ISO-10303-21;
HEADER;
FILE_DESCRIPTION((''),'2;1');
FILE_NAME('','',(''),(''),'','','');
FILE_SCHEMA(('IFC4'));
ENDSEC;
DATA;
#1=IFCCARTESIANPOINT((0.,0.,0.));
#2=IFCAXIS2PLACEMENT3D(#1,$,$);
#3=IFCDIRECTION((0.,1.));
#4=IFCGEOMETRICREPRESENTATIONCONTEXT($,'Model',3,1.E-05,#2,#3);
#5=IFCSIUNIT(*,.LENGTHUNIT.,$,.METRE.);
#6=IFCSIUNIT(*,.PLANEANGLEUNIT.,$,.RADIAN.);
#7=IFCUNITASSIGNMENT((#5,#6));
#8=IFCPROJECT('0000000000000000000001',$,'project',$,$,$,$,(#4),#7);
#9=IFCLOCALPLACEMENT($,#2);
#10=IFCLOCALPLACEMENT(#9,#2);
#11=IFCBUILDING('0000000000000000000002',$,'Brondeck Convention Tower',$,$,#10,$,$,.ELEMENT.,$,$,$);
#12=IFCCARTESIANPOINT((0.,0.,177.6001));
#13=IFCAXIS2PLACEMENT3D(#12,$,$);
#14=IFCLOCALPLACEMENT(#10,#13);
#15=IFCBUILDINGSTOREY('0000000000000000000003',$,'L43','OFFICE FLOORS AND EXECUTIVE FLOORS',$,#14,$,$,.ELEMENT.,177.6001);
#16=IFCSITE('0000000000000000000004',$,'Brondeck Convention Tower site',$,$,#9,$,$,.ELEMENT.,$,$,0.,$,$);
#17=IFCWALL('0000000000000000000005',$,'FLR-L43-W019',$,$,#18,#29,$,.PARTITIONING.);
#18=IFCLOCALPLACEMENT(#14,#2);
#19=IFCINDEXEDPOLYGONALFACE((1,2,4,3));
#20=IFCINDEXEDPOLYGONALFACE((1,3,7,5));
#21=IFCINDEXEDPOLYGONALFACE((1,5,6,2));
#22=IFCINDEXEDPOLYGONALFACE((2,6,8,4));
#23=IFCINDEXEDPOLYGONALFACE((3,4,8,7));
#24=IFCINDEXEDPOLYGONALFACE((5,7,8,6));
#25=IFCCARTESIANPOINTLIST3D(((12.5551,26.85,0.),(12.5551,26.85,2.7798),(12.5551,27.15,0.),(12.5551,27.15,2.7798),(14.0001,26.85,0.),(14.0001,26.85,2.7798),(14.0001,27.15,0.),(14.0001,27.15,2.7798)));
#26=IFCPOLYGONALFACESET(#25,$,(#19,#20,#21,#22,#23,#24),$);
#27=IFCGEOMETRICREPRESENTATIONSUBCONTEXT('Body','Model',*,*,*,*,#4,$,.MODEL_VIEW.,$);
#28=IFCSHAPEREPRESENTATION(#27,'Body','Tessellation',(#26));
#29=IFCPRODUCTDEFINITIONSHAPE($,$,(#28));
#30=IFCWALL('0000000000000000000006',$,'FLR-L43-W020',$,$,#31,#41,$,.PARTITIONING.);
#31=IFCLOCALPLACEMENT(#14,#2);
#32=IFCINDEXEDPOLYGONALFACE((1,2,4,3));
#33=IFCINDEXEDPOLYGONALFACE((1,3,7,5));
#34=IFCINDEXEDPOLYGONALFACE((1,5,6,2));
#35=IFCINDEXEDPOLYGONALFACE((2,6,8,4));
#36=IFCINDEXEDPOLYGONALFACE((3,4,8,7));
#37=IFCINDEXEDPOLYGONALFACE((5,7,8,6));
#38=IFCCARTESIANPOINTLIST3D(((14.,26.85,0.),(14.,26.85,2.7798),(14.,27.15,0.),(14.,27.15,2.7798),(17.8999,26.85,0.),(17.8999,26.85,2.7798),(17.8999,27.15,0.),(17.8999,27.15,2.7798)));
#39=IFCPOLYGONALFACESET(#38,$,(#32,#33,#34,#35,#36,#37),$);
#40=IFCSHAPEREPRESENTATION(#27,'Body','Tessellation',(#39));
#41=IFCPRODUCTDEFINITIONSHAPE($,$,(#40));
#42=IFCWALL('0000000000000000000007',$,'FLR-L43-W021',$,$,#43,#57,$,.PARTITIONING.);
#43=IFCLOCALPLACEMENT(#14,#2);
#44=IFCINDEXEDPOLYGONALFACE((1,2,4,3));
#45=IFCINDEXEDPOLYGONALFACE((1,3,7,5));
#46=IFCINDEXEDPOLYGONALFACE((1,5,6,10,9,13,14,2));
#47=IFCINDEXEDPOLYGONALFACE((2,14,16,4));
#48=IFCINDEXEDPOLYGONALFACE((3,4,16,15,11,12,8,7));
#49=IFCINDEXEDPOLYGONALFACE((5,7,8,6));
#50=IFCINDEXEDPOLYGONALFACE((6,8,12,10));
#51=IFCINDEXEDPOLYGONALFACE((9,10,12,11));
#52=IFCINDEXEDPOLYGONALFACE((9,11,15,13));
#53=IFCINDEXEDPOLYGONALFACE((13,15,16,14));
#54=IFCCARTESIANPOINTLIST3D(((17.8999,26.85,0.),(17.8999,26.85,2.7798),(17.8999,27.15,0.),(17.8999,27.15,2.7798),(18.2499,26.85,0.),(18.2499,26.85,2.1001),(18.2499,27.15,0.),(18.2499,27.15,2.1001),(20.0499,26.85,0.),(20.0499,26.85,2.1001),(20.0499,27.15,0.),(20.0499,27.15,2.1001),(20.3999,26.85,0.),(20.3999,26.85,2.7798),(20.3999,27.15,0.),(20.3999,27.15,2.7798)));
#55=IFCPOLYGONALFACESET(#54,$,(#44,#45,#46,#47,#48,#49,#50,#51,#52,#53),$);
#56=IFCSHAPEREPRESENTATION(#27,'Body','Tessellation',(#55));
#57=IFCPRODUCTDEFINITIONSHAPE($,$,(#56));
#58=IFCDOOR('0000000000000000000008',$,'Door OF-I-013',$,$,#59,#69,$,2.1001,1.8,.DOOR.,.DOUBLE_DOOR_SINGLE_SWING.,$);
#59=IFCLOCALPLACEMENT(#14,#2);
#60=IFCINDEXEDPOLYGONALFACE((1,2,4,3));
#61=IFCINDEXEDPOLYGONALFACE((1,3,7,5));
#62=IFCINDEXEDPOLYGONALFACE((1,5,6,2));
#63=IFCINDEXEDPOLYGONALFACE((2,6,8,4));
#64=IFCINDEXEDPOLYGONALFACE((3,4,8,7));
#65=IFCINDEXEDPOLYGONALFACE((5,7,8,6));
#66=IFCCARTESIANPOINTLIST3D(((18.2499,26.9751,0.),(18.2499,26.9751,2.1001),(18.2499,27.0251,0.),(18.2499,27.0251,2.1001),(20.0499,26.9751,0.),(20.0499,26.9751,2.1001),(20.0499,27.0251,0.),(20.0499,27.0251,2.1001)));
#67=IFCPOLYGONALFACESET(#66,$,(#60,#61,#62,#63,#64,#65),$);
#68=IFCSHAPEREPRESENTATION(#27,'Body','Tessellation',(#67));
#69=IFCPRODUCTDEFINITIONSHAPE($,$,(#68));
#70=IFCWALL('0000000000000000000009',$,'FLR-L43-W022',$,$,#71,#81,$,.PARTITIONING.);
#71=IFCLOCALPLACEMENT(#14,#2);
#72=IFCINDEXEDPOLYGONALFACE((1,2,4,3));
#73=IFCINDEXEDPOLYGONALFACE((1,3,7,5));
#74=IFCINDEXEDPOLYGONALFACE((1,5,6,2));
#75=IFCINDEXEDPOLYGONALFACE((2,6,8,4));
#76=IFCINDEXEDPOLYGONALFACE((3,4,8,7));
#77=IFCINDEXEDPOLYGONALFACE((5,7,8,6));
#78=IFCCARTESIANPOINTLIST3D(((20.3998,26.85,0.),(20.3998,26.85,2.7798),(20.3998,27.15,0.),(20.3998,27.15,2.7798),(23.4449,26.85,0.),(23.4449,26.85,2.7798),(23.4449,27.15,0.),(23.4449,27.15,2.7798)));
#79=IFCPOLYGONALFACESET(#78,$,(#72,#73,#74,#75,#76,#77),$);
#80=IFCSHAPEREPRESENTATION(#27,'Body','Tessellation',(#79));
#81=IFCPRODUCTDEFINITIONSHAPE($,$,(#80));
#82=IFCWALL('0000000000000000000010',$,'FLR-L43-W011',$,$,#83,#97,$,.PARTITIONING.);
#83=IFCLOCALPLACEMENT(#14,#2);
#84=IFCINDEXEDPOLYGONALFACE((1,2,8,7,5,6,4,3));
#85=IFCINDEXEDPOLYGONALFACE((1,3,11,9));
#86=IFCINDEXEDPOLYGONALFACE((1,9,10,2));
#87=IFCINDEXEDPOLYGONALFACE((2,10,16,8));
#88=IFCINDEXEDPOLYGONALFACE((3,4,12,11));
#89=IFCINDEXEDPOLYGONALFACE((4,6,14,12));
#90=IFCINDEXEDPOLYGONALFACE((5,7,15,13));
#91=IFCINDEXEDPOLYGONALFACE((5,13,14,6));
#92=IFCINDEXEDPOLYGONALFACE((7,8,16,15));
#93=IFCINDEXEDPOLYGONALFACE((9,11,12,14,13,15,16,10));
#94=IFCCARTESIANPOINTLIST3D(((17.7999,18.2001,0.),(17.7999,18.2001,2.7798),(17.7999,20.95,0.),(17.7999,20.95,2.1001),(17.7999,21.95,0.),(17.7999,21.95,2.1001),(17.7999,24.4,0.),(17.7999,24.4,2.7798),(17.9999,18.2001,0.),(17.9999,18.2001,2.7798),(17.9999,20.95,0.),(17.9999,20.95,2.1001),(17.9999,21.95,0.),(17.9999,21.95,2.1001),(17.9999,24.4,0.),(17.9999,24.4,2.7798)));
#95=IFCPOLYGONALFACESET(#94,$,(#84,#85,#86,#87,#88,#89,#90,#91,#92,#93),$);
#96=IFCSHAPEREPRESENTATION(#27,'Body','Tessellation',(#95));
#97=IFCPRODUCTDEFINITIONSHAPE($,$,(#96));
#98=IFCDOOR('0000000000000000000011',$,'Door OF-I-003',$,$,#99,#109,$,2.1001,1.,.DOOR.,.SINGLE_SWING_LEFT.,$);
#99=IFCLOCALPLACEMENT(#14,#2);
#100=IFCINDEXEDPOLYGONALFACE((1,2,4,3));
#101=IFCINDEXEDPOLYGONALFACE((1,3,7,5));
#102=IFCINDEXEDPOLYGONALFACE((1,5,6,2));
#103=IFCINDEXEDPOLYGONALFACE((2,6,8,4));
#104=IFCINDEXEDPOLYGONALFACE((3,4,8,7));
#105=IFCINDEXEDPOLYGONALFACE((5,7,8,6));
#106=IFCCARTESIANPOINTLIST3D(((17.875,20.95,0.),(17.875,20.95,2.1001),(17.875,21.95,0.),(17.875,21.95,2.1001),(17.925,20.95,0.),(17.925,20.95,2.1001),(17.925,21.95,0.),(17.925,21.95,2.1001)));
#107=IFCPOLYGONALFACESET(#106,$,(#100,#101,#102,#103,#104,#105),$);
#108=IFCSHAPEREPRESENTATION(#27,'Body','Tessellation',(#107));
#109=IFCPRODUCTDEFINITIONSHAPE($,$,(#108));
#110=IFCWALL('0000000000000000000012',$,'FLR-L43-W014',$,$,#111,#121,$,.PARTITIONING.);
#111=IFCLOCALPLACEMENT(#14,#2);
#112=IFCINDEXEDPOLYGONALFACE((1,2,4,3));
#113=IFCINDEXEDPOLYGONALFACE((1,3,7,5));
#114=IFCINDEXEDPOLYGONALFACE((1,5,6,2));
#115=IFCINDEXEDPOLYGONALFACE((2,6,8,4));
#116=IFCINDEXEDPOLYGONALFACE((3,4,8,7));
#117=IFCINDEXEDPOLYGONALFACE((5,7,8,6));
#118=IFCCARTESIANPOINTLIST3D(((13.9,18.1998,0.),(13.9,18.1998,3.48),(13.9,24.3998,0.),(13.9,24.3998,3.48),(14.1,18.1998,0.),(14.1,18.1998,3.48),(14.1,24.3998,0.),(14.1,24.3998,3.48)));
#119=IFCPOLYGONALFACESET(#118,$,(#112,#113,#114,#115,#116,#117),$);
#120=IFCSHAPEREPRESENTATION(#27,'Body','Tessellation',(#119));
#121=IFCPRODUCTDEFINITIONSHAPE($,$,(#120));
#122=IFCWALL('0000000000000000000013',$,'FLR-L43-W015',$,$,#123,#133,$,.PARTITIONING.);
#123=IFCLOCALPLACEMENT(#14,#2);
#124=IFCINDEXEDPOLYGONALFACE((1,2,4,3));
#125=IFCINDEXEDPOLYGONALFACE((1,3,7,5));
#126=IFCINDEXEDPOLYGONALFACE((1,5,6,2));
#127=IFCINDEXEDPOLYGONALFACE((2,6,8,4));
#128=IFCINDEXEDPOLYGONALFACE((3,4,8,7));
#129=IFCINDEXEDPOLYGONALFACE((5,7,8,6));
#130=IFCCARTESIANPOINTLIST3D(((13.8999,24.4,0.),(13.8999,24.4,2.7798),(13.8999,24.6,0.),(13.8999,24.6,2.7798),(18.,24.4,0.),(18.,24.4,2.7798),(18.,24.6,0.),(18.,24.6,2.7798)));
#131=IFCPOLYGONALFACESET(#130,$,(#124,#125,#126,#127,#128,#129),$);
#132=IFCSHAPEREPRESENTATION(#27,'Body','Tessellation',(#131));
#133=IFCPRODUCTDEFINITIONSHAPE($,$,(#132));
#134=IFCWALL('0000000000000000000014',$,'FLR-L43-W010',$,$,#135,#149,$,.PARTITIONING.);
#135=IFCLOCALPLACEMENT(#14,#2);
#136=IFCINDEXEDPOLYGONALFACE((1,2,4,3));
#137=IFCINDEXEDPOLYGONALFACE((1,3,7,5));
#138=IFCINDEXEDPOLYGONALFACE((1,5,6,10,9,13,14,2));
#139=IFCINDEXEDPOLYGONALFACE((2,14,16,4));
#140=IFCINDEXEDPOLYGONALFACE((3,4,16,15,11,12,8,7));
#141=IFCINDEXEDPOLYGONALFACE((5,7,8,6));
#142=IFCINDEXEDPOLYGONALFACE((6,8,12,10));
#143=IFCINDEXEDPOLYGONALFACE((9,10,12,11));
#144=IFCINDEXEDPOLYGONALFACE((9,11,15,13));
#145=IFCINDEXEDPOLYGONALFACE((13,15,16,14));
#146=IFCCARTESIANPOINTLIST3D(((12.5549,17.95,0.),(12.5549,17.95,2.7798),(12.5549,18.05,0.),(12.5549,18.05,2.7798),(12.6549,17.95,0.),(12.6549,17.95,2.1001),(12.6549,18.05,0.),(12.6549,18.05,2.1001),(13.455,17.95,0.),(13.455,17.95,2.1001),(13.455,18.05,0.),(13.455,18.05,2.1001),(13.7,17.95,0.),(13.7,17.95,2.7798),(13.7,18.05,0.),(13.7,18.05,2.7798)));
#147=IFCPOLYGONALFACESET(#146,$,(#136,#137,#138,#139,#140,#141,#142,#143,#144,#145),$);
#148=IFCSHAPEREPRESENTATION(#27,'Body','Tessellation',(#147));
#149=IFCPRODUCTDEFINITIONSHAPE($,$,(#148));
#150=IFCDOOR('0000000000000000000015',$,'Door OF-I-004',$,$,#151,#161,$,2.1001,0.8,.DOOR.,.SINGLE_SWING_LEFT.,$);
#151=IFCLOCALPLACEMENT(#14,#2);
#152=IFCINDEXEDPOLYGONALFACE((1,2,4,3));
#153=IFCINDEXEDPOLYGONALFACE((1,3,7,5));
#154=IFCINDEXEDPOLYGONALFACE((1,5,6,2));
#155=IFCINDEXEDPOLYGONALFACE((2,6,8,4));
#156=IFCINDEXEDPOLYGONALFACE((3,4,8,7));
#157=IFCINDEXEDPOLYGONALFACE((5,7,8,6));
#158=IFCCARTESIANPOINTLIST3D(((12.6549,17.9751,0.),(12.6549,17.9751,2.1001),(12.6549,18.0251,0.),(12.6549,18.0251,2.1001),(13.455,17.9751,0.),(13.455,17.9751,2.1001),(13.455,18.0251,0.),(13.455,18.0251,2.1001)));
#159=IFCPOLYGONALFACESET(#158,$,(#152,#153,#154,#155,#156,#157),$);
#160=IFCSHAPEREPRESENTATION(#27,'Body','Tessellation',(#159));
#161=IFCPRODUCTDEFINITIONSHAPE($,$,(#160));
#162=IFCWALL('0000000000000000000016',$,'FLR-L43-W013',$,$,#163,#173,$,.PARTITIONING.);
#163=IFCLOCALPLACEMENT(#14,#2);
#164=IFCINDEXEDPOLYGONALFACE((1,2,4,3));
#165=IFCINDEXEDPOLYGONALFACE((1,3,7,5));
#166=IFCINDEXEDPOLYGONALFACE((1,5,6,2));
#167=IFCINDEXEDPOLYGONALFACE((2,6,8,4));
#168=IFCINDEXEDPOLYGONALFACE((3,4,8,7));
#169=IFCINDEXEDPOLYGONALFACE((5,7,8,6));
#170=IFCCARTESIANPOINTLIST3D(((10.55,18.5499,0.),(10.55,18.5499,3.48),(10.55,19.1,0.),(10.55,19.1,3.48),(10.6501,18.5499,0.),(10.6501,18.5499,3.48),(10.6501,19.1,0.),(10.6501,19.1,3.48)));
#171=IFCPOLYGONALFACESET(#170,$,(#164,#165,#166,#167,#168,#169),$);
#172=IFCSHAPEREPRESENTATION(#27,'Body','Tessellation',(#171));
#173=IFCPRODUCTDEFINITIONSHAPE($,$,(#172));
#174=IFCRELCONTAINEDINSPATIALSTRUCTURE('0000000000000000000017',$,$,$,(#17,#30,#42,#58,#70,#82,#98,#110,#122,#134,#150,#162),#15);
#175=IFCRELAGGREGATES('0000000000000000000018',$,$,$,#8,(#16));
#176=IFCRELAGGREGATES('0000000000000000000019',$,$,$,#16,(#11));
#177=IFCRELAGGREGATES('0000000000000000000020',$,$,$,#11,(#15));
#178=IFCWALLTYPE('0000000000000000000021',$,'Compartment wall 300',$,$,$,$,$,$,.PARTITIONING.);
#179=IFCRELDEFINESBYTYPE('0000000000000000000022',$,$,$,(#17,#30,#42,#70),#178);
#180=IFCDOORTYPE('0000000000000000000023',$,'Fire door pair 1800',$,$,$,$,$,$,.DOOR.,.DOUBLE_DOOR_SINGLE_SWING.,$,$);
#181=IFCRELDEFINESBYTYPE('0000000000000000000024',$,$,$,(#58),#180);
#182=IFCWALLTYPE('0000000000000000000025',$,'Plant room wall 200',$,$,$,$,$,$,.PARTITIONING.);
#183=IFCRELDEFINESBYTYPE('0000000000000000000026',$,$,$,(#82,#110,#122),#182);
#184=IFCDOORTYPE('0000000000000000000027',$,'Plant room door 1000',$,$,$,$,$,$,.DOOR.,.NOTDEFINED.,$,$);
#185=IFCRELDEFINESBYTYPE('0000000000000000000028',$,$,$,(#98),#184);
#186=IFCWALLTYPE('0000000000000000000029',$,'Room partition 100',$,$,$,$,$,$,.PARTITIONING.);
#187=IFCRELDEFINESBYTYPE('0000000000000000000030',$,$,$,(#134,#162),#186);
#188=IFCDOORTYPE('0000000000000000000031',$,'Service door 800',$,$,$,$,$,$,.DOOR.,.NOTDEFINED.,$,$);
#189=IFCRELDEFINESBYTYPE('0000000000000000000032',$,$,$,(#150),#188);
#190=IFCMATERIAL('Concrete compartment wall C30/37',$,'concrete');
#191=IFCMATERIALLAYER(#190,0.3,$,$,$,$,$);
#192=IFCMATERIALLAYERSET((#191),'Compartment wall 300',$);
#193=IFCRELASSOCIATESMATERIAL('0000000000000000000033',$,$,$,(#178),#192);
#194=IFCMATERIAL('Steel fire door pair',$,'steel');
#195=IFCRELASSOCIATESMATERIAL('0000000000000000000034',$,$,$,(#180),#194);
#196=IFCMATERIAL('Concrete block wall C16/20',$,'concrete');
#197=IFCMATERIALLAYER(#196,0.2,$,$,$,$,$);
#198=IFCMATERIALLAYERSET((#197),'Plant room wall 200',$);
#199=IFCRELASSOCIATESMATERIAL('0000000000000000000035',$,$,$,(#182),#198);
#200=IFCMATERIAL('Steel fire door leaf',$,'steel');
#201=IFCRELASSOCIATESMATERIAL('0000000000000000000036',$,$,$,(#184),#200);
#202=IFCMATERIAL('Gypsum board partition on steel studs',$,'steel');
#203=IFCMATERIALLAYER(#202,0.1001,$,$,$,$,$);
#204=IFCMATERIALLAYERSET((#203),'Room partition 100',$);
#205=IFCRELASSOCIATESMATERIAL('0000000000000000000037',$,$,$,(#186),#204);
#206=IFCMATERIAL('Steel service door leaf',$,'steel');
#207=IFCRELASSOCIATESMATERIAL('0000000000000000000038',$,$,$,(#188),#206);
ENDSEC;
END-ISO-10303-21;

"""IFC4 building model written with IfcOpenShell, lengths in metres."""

from ifc_helpers import new_model, si_unit, direction, frame, frame_2d, origin, place, context, subcontext, project, spatial, rectangle, extrude, material, layer, layer_set, type_object, element, fill, save


model = new_model("IFC4")

# Units and contexts
model_context = context("Model", 3, precision=1e-05, world=origin(), true_north=direction((0.0, 1.0)))
body_context = subcontext(model_context, "Body", "Model", "MODEL_VIEW")
ifc_project = project(units=[si_unit("LENGTHUNIT", "METRE"), si_unit("PLANEANGLEUNIT", "RADIAN")], contexts=[model_context])

# Site, building, storey
site_placement = place(None, origin())
site = spatial("IfcSite", under=ifc_project, at=site_placement, Name="Brondeck Convention Tower site", CompositionType="ELEMENT", RefElevation=0.0)
building_placement = place(site_placement, origin())
building = spatial("IfcBuilding", under=site, at=building_placement, Name="Brondeck Convention Tower", CompositionType="ELEMENT")
storey_placement = place(building_placement, frame((0.0, 0.0, 177.6001)))
storey = spatial("IfcBuildingStorey", under=building, at=storey_placement, Name="L43", Description="OFFICE FLOORS AND EXECUTIVE FLOORS", CompositionType="ELEMENT", Elevation=177.6001)

# Walls
ifc_material_1 = material(Name="Concrete compartment wall C30/37", Category="concrete")
ifc_layer_1 = layer(ifc_material_1, 0.3)
ifc_layer_set_1 = layer_set([ifc_layer_1], Name="Compartment wall 300")
wall_type_1 = type_object("IfcWallType", Name="Compartment wall 300", PredefinedType="PARTITIONING", material=ifc_layer_set_1)
wall_1_placement = place(storey_placement, frame((12.5549, 27.0, 0.0), z_axis=(0.0, 0.0, 1.0), x_axis=(1.0, 0.0, 0.0)))
element("IfcWall", 1, at=wall_1_placement, inside=storey, type_object=wall_type_1, Name="FLR-L43-W019", PredefinedType="PARTITIONING", context=body_context, shape_type="SweptSolid", body=[
    extrude(rectangle(XDim=1.4451, YDim=0.3, at=frame_2d((0.7227, 0.0))), origin(), (0.0, 0.0, 1.0), 2.7798),
])
wall_2_placement = place(storey_placement, frame((14.0, 27.0, 0.0), z_axis=(0.0, 0.0, 1.0), x_axis=(1.0, 0.0, 0.0)))
element("IfcWall", 2, at=wall_2_placement, inside=storey, type_object=wall_type_1, Name="FLR-L43-W020", PredefinedType="PARTITIONING", context=body_context, shape_type="SweptSolid", body=[
    extrude(rectangle(XDim=3.8999, YDim=0.3, at=frame_2d((1.95, 0.0))), origin(), (0.0, 0.0, 1.0), 2.7798),
])

# Wall, opening, door
wall_3_placement = place(storey_placement, frame((20.3999, 27.0, 0.0), z_axis=(0.0, 0.0, 1.0), x_axis=(-1.0, 0.0, 0.0)))
wall_3 = element("IfcWall", 3, at=wall_3_placement, inside=storey, type_object=wall_type_1, Name="FLR-L43-W021", PredefinedType="PARTITIONING", context=body_context, shape_type="SweptSolid", body=[
    extrude(rectangle(XDim=2.5, YDim=0.3, at=frame_2d((1.25, 0.0))), origin(), (0.0, 0.0, 1.0), 2.7798),
])
opening_1_placement = place(wall_3_placement, frame((0.3501, 0.0, 0.0)))
opening_1 = element("IfcOpeningElement", 4, at=opening_1_placement, cuts=wall_3, PredefinedType="OPENING", context=body_context, shape_type="SweptSolid", body=[
    extrude(rectangle(XDim=1.8, YDim=2.1001, at=frame_2d((0.8999, 1.05))), frame((0.0, 0.1599, 0.0), z_axis=(0.0, -1.0, 0.0), x_axis=(1.0, 0.0, 0.0)), (0.0, 0.0, 1.0), 0.3201),
])
ifc_material_2 = material(Name="Steel fire door pair", Category="steel")
door_type_1 = type_object("IfcDoorType", Name="Fire door pair 1800", OperationType="DOUBLE_DOOR_SINGLE_SWING", PredefinedType="DOOR", material=ifc_material_2)
door_1_placement = place(opening_1_placement, origin())
door_1 = element("IfcDoor", 5, at=door_1_placement, inside=storey, type_object=door_type_1, Name="Door OF-I-013", OperationType="DOUBLE_DOOR_SINGLE_SWING", OverallHeight=2.1001, OverallWidth=1.8, PredefinedType="DOOR", context=body_context, shape_type="SweptSolid", body=[
    extrude(rectangle(XDim=1.8, YDim=2.1001, at=frame_2d((0.8999, 1.05))), frame((0.0, 0.0249, 0.0), z_axis=(0.0, -1.0, 0.0), x_axis=(1.0, 0.0, 0.0)), (0.0, 0.0, 1.0), 0.05),
])
fill(opening_1, door_1)

# Wall
wall_4_placement = place(storey_placement, frame((20.3999, 27.0, 0.0), z_axis=(0.0, 0.0, 1.0), x_axis=(1.0, 0.0, 0.0)))
element("IfcWall", 6, at=wall_4_placement, inside=storey, type_object=wall_type_1, Name="FLR-L43-W022", PredefinedType="PARTITIONING", context=body_context, shape_type="SweptSolid", body=[
    extrude(rectangle(XDim=3.0452, YDim=0.3, at=frame_2d((1.5225, 0.0))), origin(), (0.0, 0.0, 1.0), 2.7798),
])

# Wall, opening, door
ifc_material_3 = material(Name="Concrete block wall C16/20", Category="concrete")
ifc_layer_2 = layer(ifc_material_3, 0.2)
ifc_layer_set_2 = layer_set([ifc_layer_2], Name="Plant room wall 200")
wall_type_2 = type_object("IfcWallType", Name="Plant room wall 200", PredefinedType="PARTITIONING", material=ifc_layer_set_2)
wall_5_placement = place(storey_placement, frame((17.8999, 18.2, 0.0), z_axis=(0.0, 0.0, 1.0), x_axis=(0.0, 1.0, 0.0)))
wall_5 = element("IfcWall", 7, at=wall_5_placement, inside=storey, type_object=wall_type_2, Name="FLR-L43-W011", PredefinedType="PARTITIONING", context=body_context, shape_type="SweptSolid", body=[
    extrude(rectangle(XDim=6.2, YDim=0.2, at=frame_2d((3.1001, 0.0))), origin(), (0.0, 0.0, 1.0), 2.7798),
])
opening_2_placement = place(wall_5_placement, frame((2.75, 0.0, 0.0)))
opening_2 = element("IfcOpeningElement", 8, at=opening_2_placement, cuts=wall_5, PredefinedType="OPENING", context=body_context, shape_type="SweptSolid", body=[
    extrude(rectangle(XDim=1.0, YDim=2.1001, at=frame_2d((0.5, 1.05))), frame((0.0, 0.1099, 0.0), z_axis=(0.0, -1.0, 0.0), x_axis=(1.0, 0.0, 0.0)), (0.0, 0.0, 1.0), 0.22),
])
ifc_material_4 = material(Name="Steel fire door leaf", Category="steel")
door_type_2 = type_object("IfcDoorType", Name="Plant room door 1000", OperationType="NOTDEFINED", PredefinedType="DOOR", material=ifc_material_4)
door_2_placement = place(opening_2_placement, origin())
door_2 = element("IfcDoor", 9, at=door_2_placement, inside=storey, type_object=door_type_2, Name="Door OF-I-003", OperationType="SINGLE_SWING_LEFT", OverallHeight=2.1001, OverallWidth=1.0, PredefinedType="DOOR", context=body_context, shape_type="SweptSolid", body=[
    extrude(rectangle(XDim=1.0, YDim=2.1001, at=frame_2d((0.5, 1.05))), frame((0.0, 0.0249, 0.0), z_axis=(0.0, -1.0, 0.0), x_axis=(1.0, 0.0, 0.0)), (0.0, 0.0, 1.0), 0.05),
])
fill(opening_2, door_2)

# Walls
wall_6_placement = place(storey_placement, frame((14.0, 24.3999, 0.0), z_axis=(0.0, 0.0, 1.0), x_axis=(0.0, -1.0, 0.0)))
element("IfcWall", 10, at=wall_6_placement, inside=storey, type_object=wall_type_2, Name="FLR-L43-W014", PredefinedType="PARTITIONING", context=body_context, shape_type="SweptSolid", body=[
    extrude(rectangle(XDim=6.2, YDim=0.2, at=frame_2d((3.1001, 0.0))), origin(), (0.0, 0.0, 1.0), 3.48),
])
wall_7_placement = place(storey_placement, frame((18.0, 24.5, 0.0), z_axis=(0.0, 0.0, 1.0), x_axis=(-1.0, 0.0, 0.0)))
element("IfcWall", 11, at=wall_7_placement, inside=storey, type_object=wall_type_2, Name="FLR-L43-W015", PredefinedType="PARTITIONING", context=body_context, shape_type="SweptSolid", body=[
    extrude(rectangle(XDim=4.1001, YDim=0.2, at=frame_2d((2.05, 0.0))), origin(), (0.0, 0.0, 1.0), 2.7798),
])

# Wall, opening, door
ifc_material_5 = material(Name="Gypsum board partition on steel studs", Category="steel")
ifc_layer_3 = layer(ifc_material_5, 0.1001)
ifc_layer_set_3 = layer_set([ifc_layer_3], Name="Room partition 100")
wall_type_3 = type_object("IfcWallType", Name="Room partition 100", PredefinedType="PARTITIONING", material=ifc_layer_set_3)
wall_8_placement = place(storey_placement, frame((13.7, 18.0, 0.0), z_axis=(0.0, 0.0, 1.0), x_axis=(-1.0, 0.0, 0.0)))
wall_8 = element("IfcWall", 12, at=wall_8_placement, inside=storey, type_object=wall_type_3, Name="FLR-L43-W010", PredefinedType="PARTITIONING", context=body_context, shape_type="SweptSolid", body=[
    extrude(rectangle(XDim=1.145, YDim=0.1001, at=frame_2d((0.5725, 0.0))), origin(), (0.0, 0.0, 1.0), 2.7798),
])
opening_3_placement = place(wall_8_placement, frame((0.2451, 0.0, 0.0)))
opening_3 = element("IfcOpeningElement", 13, at=opening_3_placement, cuts=wall_8, PredefinedType="OPENING", context=body_context, shape_type="SweptSolid", body=[
    extrude(rectangle(XDim=0.8, YDim=2.1001, at=frame_2d((0.3999, 1.05))), frame((0.0, 0.0601, 0.0), z_axis=(0.0, -1.0, 0.0), x_axis=(1.0, 0.0, 0.0)), (0.0, 0.0, 1.0), 0.1201),
])
ifc_material_6 = material(Name="Steel service door leaf", Category="steel")
door_type_3 = type_object("IfcDoorType", Name="Service door 800", OperationType="NOTDEFINED", PredefinedType="DOOR", material=ifc_material_6)
door_3_placement = place(opening_3_placement, origin())
door_3 = element("IfcDoor", 14, at=door_3_placement, inside=storey, type_object=door_type_3, Name="Door OF-I-004", OperationType="SINGLE_SWING_LEFT", OverallHeight=2.1001, OverallWidth=0.8, PredefinedType="DOOR", context=body_context, shape_type="SweptSolid", body=[
    extrude(rectangle(XDim=0.8, YDim=2.1001, at=frame_2d((0.3999, 1.05))), frame((0.0, 0.0249, 0.0), z_axis=(0.0, -1.0, 0.0), x_axis=(1.0, 0.0, 0.0)), (0.0, 0.0, 1.0), 0.05),
])
fill(opening_3, door_3)

# Wall
wall_9_placement = place(storey_placement, frame((10.6001, 18.55, 0.0), z_axis=(0.0, 0.0, 1.0), x_axis=(0.0, 1.0, 0.0)))
element("IfcWall", 15, at=wall_9_placement, inside=storey, type_object=wall_type_3, Name="FLR-L43-W013", PredefinedType="PARTITIONING", context=body_context, shape_type="SweptSolid", body=[
    extrude(rectangle(XDim=0.55, YDim=0.1001, at=frame_2d((0.2749, 0.0))), origin(), (0.0, 0.0, 1.0), 3.48),
])

save(model, "model.ifc")
